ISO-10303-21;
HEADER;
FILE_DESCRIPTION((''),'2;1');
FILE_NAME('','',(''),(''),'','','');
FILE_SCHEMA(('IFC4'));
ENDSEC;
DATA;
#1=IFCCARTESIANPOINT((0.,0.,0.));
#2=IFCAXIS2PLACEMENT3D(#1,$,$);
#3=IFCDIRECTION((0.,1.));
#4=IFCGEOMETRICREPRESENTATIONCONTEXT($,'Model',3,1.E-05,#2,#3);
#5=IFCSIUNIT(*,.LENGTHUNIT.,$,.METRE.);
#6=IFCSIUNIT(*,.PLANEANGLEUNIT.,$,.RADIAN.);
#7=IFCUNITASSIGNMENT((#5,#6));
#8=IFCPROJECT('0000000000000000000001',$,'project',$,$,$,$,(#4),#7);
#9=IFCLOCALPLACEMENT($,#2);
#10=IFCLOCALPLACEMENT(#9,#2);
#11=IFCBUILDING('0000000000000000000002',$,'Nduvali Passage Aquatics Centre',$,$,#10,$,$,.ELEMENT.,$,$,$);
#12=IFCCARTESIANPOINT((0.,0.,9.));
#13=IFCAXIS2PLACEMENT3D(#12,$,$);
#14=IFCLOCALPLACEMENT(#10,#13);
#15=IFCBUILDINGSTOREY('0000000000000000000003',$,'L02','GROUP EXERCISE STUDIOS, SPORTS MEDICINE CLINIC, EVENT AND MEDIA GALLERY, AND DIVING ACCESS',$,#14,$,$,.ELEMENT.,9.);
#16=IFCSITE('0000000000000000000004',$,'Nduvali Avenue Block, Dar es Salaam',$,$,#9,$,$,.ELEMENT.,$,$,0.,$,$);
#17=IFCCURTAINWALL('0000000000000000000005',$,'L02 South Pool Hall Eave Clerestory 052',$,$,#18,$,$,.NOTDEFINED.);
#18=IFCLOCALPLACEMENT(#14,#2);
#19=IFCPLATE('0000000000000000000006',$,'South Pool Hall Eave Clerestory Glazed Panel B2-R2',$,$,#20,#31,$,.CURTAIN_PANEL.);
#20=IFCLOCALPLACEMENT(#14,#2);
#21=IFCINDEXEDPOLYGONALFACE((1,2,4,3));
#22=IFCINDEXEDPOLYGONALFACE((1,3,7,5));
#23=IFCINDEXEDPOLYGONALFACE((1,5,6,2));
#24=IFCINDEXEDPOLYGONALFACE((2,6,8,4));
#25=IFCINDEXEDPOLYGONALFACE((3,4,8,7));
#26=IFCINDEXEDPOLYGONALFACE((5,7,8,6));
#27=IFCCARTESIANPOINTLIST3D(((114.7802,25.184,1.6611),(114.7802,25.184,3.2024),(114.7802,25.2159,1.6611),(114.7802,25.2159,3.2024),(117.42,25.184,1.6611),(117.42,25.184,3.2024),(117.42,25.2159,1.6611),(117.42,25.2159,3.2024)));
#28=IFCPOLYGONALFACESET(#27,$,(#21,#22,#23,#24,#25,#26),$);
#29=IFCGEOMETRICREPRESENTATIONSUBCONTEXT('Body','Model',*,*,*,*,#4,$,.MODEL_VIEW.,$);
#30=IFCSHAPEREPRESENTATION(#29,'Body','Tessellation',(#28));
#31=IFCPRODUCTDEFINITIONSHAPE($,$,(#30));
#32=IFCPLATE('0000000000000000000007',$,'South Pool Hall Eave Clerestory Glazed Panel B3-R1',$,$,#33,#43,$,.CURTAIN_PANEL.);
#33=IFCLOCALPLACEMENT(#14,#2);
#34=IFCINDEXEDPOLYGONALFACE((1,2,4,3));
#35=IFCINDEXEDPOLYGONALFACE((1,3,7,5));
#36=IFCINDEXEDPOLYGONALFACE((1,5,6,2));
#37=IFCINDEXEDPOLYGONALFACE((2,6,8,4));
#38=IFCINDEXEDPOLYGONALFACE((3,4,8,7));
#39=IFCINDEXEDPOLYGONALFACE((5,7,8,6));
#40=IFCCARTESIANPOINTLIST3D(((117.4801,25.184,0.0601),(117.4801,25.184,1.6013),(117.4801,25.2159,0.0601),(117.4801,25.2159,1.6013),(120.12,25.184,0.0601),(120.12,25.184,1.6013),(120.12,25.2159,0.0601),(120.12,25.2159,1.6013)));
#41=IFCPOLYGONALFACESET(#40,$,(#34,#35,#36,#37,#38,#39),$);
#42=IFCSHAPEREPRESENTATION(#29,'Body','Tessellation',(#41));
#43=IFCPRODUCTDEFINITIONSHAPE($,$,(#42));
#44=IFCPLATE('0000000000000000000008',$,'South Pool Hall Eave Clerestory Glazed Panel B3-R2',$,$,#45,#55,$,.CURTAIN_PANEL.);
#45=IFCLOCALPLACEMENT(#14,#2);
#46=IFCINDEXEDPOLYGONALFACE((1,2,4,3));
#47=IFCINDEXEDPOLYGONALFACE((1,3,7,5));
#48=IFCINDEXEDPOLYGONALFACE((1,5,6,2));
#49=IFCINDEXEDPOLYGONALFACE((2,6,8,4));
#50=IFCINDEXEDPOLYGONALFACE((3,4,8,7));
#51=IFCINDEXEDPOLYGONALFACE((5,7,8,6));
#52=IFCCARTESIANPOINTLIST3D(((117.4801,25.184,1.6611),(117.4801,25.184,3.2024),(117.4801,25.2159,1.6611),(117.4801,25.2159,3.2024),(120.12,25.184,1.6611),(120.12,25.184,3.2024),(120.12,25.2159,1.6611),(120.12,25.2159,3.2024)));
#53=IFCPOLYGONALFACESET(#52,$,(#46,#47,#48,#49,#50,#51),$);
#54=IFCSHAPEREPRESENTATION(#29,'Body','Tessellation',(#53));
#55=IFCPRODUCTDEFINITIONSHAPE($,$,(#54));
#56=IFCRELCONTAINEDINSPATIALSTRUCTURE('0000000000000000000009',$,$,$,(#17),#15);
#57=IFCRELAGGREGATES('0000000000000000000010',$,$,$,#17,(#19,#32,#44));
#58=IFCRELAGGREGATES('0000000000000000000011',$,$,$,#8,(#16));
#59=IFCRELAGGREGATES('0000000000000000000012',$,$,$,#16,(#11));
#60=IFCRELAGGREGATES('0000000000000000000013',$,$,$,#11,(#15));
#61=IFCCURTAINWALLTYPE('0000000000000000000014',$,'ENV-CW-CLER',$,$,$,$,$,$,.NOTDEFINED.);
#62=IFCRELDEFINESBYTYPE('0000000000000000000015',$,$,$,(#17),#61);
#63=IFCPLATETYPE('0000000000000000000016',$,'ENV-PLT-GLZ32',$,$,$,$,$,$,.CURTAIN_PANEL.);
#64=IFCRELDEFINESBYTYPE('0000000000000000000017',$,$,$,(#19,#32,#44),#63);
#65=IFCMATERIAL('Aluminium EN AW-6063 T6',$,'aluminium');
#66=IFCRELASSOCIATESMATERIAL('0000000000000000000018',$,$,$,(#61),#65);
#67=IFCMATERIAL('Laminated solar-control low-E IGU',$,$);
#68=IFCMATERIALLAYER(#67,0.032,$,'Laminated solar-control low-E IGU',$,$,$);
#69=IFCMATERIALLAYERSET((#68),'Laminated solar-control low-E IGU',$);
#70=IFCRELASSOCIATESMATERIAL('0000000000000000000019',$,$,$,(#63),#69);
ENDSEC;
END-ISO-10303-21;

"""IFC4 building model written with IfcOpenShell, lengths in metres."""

from ifc_helpers import new_model, si_unit, direction, frame, origin, origin_2d, place, context, subcontext, project, spatial, rectangle, extrude, material, layer, layer_set, type_object, element, aggregate, save


model = new_model("IFC4")

# Units and contexts
model_context = context("Model", 3, precision=1e-05, world=origin(), true_north=direction((0.0, 1.0)))
body_context = subcontext(model_context, "Body", "Model", "MODEL_VIEW")
ifc_project = project(units=[si_unit("LENGTHUNIT", "METRE"), si_unit("PLANEANGLEUNIT", "RADIAN")], contexts=[model_context])

# Site, building, storey
site_placement = place(None, origin())
site = spatial("IfcSite", under=ifc_project, at=site_placement, Name="Nduvali Avenue Block, Dar es Salaam", CompositionType="ELEMENT", RefElevation=0.0)
building_placement = place(site_placement, origin())
building = spatial("IfcBuilding", under=site, at=building_placement, Name="Nduvali Passage Aquatics Centre", CompositionType="ELEMENT")
storey_placement = place(building_placement, frame((0.0, 0.0, 9.0)))
storey = spatial("IfcBuildingStorey", under=building, at=storey_placement, Name="L02", Description="GROUP EXERCISE STUDIOS, SPORTS MEDICINE CLINIC, EVENT AND MEDIA GALLERY, AND DIVING ACCESS", CompositionType="ELEMENT", Elevation=9.0)

# Curtain wall
ifc_material_1 = material(Name="Aluminium EN AW-6063 T6", Category="aluminium")
curtain_wall_type = type_object("IfcCurtainWallType", Name="ENV-CW-CLER", PredefinedType="NOTDEFINED", material=ifc_material_1)
curtain_wall_placement = place(storey_placement, origin())
curtain_wall = element("IfcCurtainWall", 1, at=curtain_wall_placement, inside=storey, type_object=curtain_wall_type, Name="L02 South Pool Hall Eave Clerestory 052", PredefinedType="NOTDEFINED")

# Plates
ifc_material_2 = material(Name="Laminated solar-control low-E IGU")
ifc_layer = layer(ifc_material_2, 0.032, Name="Laminated solar-control low-E IGU")
ifc_layer_set = layer_set([ifc_layer], Name="Laminated solar-control low-E IGU")
plate_type = type_object("IfcPlateType", Name="ENV-PLT-GLZ32", PredefinedType="CURTAIN_PANEL", material=ifc_layer_set)
plate_1_placement = place(storey_placement, frame((116.1001, 25.2, 1.6611), z_axis=(0.0, 0.0, 1.0), x_axis=(1.0, 0.0, 0.0)))
plate_1 = element("IfcPlate", 2, at=plate_1_placement, type_object=plate_type, Name="South Pool Hall Eave Clerestory Glazed Panel B2-R2", PredefinedType="CURTAIN_PANEL", context=body_context, shape_type="SweptSolid", body=[
    extrude(rectangle(XDim=2.6399, YDim=0.032, at=origin_2d()), origin(), (0.0, 0.0, 1.0), 1.5413),
])
plate_2_placement = place(storey_placement, frame((118.8, 25.2, 0.0601), z_axis=(0.0, 0.0, 1.0), x_axis=(1.0, 0.0, 0.0)))
plate_2 = element("IfcPlate", 3, at=plate_2_placement, type_object=plate_type, Name="South Pool Hall Eave Clerestory Glazed Panel B3-R1", PredefinedType="CURTAIN_PANEL", context=body_context, shape_type="SweptSolid", body=[
    extrude(rectangle(XDim=2.6399, YDim=0.032, at=origin_2d()), origin(), (0.0, 0.0, 1.0), 1.5413),
])
plate_3_placement = place(storey_placement, frame((118.8, 25.2, 1.6611), z_axis=(0.0, 0.0, 1.0), x_axis=(1.0, 0.0, 0.0)))
plate_3 = element("IfcPlate", 4, at=plate_3_placement, type_object=plate_type, Name="South Pool Hall Eave Clerestory Glazed Panel B3-R2", PredefinedType="CURTAIN_PANEL", context=body_context, shape_type="SweptSolid", body=[
    extrude(rectangle(XDim=2.6399, YDim=0.032, at=origin_2d()), origin(), (0.0, 0.0, 1.0), 1.5413),
])
aggregate(curtain_wall, [plate_1, plate_2, plate_3])

save(model, "model.ifc")
